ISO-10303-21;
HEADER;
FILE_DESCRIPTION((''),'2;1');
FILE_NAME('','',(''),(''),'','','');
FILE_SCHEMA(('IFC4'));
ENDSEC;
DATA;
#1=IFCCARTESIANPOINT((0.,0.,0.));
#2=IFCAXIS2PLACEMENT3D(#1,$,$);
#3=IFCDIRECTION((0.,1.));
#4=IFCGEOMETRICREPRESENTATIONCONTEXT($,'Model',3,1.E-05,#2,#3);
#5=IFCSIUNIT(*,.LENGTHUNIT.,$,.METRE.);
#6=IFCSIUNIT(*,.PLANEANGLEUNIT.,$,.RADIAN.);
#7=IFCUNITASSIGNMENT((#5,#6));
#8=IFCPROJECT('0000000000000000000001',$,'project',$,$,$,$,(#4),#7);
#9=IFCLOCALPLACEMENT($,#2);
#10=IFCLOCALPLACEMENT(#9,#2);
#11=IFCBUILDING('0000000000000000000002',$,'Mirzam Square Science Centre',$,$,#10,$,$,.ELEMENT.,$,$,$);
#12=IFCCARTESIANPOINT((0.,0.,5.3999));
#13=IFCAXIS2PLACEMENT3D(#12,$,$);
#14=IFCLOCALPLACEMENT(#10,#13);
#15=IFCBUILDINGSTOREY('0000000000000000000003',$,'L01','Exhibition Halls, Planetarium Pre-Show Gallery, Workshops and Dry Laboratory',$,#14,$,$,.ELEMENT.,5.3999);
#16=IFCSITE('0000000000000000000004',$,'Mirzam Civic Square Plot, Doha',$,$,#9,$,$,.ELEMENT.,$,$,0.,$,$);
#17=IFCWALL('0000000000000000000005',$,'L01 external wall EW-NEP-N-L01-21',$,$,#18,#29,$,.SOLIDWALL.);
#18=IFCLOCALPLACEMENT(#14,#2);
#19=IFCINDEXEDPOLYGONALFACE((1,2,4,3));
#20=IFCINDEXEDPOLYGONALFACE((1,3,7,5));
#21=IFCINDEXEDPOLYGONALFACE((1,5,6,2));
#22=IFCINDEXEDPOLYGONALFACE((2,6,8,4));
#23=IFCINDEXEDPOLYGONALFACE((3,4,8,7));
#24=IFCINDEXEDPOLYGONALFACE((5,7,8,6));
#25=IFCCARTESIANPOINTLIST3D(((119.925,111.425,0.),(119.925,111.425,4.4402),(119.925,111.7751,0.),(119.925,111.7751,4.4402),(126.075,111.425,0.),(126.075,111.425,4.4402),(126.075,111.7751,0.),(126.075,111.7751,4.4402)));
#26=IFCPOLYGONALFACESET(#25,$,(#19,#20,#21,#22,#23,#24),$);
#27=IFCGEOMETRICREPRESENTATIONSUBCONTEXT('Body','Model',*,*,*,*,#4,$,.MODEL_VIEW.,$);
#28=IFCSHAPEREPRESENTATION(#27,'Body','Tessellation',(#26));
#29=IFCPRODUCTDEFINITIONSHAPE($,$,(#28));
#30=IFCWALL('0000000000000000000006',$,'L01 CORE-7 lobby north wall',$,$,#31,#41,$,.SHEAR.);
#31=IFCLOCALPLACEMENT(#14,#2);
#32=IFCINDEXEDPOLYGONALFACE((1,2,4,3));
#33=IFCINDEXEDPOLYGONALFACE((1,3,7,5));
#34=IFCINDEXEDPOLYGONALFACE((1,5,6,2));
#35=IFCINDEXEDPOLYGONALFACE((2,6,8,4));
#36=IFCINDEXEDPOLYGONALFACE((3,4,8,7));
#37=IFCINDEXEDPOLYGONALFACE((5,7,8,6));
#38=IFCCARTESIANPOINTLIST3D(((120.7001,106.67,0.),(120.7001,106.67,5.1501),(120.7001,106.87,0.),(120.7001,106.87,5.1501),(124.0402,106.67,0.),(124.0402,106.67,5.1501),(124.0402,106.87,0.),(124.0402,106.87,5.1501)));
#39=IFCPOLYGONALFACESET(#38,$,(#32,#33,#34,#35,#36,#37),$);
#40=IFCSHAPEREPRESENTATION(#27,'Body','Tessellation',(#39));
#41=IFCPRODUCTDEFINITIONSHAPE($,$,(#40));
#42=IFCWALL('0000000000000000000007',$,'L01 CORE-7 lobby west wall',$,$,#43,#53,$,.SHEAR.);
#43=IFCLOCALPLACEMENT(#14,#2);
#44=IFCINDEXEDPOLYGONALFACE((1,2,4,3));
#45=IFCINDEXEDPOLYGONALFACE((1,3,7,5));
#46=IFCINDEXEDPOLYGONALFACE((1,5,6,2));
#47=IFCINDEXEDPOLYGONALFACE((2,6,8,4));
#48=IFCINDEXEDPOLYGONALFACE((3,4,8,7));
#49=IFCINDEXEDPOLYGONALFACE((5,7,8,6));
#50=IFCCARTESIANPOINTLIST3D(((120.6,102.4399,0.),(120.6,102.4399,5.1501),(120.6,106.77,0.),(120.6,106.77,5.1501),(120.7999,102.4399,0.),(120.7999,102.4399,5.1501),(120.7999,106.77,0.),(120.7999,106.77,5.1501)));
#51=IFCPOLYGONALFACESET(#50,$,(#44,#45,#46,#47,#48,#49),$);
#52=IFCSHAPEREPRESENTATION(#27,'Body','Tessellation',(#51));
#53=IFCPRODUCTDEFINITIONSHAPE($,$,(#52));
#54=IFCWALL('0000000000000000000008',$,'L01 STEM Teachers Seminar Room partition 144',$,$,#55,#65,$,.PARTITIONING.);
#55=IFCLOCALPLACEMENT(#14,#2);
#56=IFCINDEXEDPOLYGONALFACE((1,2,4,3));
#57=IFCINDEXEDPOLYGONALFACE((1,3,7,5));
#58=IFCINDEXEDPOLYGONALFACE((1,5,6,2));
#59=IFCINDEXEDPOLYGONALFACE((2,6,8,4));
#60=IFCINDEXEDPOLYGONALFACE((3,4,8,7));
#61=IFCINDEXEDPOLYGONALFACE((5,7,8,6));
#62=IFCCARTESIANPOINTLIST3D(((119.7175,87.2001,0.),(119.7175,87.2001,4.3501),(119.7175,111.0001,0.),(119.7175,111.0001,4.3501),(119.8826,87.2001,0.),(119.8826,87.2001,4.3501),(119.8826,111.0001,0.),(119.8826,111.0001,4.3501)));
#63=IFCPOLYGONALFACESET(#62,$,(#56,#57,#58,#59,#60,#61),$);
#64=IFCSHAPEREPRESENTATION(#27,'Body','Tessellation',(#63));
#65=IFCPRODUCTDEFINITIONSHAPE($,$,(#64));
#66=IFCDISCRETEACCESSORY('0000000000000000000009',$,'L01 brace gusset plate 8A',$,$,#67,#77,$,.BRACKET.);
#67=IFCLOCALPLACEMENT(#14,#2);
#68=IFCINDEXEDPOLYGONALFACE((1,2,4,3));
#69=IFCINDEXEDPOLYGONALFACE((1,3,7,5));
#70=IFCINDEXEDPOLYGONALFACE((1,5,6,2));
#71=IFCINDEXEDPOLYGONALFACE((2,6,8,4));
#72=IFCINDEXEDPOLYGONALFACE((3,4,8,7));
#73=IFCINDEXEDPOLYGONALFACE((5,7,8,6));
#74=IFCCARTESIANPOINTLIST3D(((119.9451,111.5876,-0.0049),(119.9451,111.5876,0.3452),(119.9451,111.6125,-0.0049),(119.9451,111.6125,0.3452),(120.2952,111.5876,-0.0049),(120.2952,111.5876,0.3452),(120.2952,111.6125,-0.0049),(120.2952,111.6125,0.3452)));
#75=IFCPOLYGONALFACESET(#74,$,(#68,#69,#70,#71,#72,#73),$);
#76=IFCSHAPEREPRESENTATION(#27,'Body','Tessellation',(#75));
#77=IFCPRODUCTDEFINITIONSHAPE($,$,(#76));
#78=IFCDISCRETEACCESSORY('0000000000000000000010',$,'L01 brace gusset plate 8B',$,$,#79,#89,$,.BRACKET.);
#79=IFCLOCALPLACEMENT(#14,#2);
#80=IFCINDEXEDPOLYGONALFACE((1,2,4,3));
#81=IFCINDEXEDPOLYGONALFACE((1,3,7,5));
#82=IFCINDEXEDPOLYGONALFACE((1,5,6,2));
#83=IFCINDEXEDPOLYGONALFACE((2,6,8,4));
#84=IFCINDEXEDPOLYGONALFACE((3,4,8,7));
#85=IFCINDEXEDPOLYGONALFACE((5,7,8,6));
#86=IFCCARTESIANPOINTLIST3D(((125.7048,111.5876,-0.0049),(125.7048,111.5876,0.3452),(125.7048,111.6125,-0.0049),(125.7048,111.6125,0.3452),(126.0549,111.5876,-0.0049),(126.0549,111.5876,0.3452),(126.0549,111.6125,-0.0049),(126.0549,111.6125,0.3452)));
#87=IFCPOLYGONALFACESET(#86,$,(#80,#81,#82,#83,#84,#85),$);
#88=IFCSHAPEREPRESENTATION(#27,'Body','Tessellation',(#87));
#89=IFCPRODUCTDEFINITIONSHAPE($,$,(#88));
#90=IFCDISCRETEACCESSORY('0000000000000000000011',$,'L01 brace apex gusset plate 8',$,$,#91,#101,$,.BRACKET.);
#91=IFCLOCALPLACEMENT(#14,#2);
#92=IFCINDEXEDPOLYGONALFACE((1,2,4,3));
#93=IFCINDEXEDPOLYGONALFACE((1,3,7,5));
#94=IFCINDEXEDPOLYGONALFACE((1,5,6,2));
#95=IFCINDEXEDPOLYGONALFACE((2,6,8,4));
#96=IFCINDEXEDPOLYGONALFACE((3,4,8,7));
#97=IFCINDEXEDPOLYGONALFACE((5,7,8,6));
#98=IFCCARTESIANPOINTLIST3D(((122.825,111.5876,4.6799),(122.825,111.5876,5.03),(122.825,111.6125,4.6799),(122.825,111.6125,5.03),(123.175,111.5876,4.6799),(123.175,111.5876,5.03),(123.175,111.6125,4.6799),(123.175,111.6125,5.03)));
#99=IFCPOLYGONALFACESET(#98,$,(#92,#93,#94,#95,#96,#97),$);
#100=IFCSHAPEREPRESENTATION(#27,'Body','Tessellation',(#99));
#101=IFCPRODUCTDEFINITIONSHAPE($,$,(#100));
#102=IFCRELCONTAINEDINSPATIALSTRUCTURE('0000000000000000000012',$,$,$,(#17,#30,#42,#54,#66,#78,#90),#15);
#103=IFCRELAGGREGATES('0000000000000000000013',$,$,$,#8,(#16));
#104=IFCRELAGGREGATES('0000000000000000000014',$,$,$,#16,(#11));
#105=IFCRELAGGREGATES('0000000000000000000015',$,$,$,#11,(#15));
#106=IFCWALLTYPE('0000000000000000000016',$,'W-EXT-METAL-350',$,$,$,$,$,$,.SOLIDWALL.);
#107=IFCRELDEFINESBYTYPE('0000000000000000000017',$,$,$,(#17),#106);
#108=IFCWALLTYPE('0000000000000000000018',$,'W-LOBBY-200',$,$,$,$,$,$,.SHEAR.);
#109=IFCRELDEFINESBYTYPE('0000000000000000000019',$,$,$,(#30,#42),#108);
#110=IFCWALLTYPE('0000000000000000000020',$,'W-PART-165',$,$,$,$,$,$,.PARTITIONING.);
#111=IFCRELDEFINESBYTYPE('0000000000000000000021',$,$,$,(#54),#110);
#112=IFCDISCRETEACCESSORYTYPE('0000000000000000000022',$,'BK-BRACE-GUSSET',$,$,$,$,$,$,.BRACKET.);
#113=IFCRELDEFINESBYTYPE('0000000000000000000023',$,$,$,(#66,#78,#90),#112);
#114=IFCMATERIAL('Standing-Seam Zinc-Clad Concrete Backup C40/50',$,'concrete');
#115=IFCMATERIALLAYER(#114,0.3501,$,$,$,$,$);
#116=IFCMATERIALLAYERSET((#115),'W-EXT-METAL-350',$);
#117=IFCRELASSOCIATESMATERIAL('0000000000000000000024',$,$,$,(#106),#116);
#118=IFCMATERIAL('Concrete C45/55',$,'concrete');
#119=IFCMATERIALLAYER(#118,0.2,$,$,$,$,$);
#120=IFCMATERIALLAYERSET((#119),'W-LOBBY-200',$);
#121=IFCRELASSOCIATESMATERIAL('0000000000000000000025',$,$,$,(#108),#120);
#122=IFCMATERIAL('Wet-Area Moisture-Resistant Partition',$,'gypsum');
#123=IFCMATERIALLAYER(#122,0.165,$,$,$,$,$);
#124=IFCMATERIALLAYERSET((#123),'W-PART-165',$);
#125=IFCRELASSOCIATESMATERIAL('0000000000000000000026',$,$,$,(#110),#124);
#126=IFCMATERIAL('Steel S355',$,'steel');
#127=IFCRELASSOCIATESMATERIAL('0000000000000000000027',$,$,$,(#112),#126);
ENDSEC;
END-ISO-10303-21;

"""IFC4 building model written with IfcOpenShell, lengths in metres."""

from ifc_helpers import new_model, si_unit, direction, frame, frame_2d, origin, origin_2d, place, context, subcontext, project, spatial, rectangle, extrude, material, layer, layer_set, type_object, element, save


model = new_model("IFC4")

# Units and contexts
model_context = context("Model", 3, precision=1e-05, world=origin(), true_north=direction((0.0, 1.0)))
body_context = subcontext(model_context, "Body", "Model", "MODEL_VIEW")
ifc_project = project(units=[si_unit("LENGTHUNIT", "METRE"), si_unit("PLANEANGLEUNIT", "RADIAN")], contexts=[model_context])

# Site, building, storey
site_placement = place(None, origin())
site = spatial("IfcSite", under=ifc_project, at=site_placement, Name="Mirzam Civic Square Plot, Doha", CompositionType="ELEMENT", RefElevation=0.0)
building_placement = place(site_placement, origin())
building = spatial("IfcBuilding", under=site, at=building_placement, Name="Mirzam Square Science Centre", CompositionType="ELEMENT")
storey_placement = place(building_placement, frame((0.0, 0.0, 5.3999)))
storey = spatial("IfcBuildingStorey", under=building, at=storey_placement, Name="L01", Description="Exhibition Halls, Planetarium Pre-Show Gallery, Workshops and Dry Laboratory", CompositionType="ELEMENT", Elevation=5.3999)

# Shared definitions
ifc_material_1 = material(Name="Steel S355", Category="steel")

# Shared definitions
ifc_material_2 = material(Name="Concrete C45/55", Category="concrete")

# Walls
ifc_material_3 = material(Name="Standing-Seam Zinc-Clad Concrete Backup C40/50", Category="concrete")
ifc_layer_1 = layer(ifc_material_3, 0.3501)
ifc_layer_set_1 = layer_set([ifc_layer_1], Name="W-EXT-METAL-350")
wall_type_1 = type_object("IfcWallType", Name="W-EXT-METAL-350", PredefinedType="SOLIDWALL", material=ifc_layer_set_1)
wall_1_placement = place(storey_placement, frame((126.075, 111.6001, 0.0), z_axis=(0.0, 0.0, 1.0), x_axis=(-1.0, 0.0, 0.0)))
element("IfcWall", 1, at=wall_1_placement, inside=storey, type_object=wall_type_1, Name="L01 external wall EW-NEP-N-L01-21", PredefinedType="SOLIDWALL", context=body_context, shape_type="SweptSolid", body=[
    extrude(rectangle(XDim=6.1499, YDim=0.3501, at=frame_2d((3.075, 0.0))), origin(), (0.0, 0.0, 1.0), 4.4402),
])
ifc_layer_2 = layer(ifc_material_2, 0.2)
ifc_layer_set_2 = layer_set([ifc_layer_2], Name="W-LOBBY-200")
wall_type_2 = type_object("IfcWallType", Name="W-LOBBY-200", PredefinedType="SHEAR", material=ifc_layer_set_2)
wall_2_placement = place(storey_placement, frame((124.04, 106.77, 0.0), z_axis=(0.0, 0.0, 1.0), x_axis=(-1.0, 0.0, 0.0)))
element("IfcWall", 2, at=wall_2_placement, inside=storey, type_object=wall_type_2, Name="L01 CORE-7 lobby north wall", PredefinedType="SHEAR", context=body_context, shape_type="SweptSolid", body=[
    extrude(rectangle(XDim=3.3401, YDim=0.2, at=frame_2d((1.6699, 0.0))), origin(), (0.0, 0.0, 1.0), 5.1501),
])
wall_3_placement = place(storey_placement, frame((120.7, 106.77, 0.0), z_axis=(0.0, 0.0, 1.0), x_axis=(0.0, -1.0, 0.0)))
element("IfcWall", 3, at=wall_3_placement, inside=storey, type_object=wall_type_2, Name="L01 CORE-7 lobby west wall", PredefinedType="SHEAR", context=body_context, shape_type="SweptSolid", body=[
    extrude(rectangle(XDim=4.3301, YDim=0.2, at=frame_2d((2.165, 0.0))), origin(), (0.0, 0.0, 1.0), 5.1501),
])
ifc_material_4 = material(Name="Wet-Area Moisture-Resistant Partition", Category="gypsum")
ifc_layer_3 = layer(ifc_material_4, 0.165)
ifc_layer_set_3 = layer_set([ifc_layer_3], Name="W-PART-165")
wall_type_3 = type_object("IfcWallType", Name="W-PART-165", PredefinedType="PARTITIONING", material=ifc_layer_set_3)
wall_4_placement = place(storey_placement, frame((119.8, 111.0, 0.0), z_axis=(0.0, 0.0, 1.0), x_axis=(0.0, -1.0, 0.0)))
element("IfcWall", 4, at=wall_4_placement, inside=storey, type_object=wall_type_3, Name="L01 STEM Teachers Seminar Room partition 144", PredefinedType="PARTITIONING", context=body_context, shape_type="SweptSolid", body=[
    extrude(rectangle(XDim=23.8, YDim=0.165, at=frame_2d((11.8999, 0.0))), origin(), (0.0, 0.0, 1.0), 4.3501),
])

# Discrete accessories
discrete_accessory_type = type_object("IfcDiscreteAccessoryType", Name="BK-BRACE-GUSSET", PredefinedType="BRACKET", material=ifc_material_1)
for number, where, z_axis, x_axis, name in (
    (5, (120.1201, 111.6001, -0.0049), (0.0, 0.0, 1.0), (1.0, 0.0, 0.0), "L01 brace gusset plate 8A"),
    (6, (125.8799, 111.6001, -0.0049), (0.0, 0.0, 1.0), (1.0, 0.0, 0.0), "L01 brace gusset plate 8B"),
    (7, (123.0, 111.6001, 4.6799), (0.0, 0.0, 1.0), (1.0, 0.0, 0.0), "L01 brace apex gusset plate 8"),
):
    element("IfcDiscreteAccessory", number, at=place(storey_placement, frame(where, z_axis=z_axis, x_axis=x_axis)), inside=storey, type_object=discrete_accessory_type, Name=name, PredefinedType="BRACKET", context=body_context, shape_type="SweptSolid", body=[
        extrude(rectangle(XDim=0.3501, YDim=0.0249, at=origin_2d()), origin(), (0.0, 0.0, 1.0), 0.3501),
    ])

save(model, "model.ifc")
